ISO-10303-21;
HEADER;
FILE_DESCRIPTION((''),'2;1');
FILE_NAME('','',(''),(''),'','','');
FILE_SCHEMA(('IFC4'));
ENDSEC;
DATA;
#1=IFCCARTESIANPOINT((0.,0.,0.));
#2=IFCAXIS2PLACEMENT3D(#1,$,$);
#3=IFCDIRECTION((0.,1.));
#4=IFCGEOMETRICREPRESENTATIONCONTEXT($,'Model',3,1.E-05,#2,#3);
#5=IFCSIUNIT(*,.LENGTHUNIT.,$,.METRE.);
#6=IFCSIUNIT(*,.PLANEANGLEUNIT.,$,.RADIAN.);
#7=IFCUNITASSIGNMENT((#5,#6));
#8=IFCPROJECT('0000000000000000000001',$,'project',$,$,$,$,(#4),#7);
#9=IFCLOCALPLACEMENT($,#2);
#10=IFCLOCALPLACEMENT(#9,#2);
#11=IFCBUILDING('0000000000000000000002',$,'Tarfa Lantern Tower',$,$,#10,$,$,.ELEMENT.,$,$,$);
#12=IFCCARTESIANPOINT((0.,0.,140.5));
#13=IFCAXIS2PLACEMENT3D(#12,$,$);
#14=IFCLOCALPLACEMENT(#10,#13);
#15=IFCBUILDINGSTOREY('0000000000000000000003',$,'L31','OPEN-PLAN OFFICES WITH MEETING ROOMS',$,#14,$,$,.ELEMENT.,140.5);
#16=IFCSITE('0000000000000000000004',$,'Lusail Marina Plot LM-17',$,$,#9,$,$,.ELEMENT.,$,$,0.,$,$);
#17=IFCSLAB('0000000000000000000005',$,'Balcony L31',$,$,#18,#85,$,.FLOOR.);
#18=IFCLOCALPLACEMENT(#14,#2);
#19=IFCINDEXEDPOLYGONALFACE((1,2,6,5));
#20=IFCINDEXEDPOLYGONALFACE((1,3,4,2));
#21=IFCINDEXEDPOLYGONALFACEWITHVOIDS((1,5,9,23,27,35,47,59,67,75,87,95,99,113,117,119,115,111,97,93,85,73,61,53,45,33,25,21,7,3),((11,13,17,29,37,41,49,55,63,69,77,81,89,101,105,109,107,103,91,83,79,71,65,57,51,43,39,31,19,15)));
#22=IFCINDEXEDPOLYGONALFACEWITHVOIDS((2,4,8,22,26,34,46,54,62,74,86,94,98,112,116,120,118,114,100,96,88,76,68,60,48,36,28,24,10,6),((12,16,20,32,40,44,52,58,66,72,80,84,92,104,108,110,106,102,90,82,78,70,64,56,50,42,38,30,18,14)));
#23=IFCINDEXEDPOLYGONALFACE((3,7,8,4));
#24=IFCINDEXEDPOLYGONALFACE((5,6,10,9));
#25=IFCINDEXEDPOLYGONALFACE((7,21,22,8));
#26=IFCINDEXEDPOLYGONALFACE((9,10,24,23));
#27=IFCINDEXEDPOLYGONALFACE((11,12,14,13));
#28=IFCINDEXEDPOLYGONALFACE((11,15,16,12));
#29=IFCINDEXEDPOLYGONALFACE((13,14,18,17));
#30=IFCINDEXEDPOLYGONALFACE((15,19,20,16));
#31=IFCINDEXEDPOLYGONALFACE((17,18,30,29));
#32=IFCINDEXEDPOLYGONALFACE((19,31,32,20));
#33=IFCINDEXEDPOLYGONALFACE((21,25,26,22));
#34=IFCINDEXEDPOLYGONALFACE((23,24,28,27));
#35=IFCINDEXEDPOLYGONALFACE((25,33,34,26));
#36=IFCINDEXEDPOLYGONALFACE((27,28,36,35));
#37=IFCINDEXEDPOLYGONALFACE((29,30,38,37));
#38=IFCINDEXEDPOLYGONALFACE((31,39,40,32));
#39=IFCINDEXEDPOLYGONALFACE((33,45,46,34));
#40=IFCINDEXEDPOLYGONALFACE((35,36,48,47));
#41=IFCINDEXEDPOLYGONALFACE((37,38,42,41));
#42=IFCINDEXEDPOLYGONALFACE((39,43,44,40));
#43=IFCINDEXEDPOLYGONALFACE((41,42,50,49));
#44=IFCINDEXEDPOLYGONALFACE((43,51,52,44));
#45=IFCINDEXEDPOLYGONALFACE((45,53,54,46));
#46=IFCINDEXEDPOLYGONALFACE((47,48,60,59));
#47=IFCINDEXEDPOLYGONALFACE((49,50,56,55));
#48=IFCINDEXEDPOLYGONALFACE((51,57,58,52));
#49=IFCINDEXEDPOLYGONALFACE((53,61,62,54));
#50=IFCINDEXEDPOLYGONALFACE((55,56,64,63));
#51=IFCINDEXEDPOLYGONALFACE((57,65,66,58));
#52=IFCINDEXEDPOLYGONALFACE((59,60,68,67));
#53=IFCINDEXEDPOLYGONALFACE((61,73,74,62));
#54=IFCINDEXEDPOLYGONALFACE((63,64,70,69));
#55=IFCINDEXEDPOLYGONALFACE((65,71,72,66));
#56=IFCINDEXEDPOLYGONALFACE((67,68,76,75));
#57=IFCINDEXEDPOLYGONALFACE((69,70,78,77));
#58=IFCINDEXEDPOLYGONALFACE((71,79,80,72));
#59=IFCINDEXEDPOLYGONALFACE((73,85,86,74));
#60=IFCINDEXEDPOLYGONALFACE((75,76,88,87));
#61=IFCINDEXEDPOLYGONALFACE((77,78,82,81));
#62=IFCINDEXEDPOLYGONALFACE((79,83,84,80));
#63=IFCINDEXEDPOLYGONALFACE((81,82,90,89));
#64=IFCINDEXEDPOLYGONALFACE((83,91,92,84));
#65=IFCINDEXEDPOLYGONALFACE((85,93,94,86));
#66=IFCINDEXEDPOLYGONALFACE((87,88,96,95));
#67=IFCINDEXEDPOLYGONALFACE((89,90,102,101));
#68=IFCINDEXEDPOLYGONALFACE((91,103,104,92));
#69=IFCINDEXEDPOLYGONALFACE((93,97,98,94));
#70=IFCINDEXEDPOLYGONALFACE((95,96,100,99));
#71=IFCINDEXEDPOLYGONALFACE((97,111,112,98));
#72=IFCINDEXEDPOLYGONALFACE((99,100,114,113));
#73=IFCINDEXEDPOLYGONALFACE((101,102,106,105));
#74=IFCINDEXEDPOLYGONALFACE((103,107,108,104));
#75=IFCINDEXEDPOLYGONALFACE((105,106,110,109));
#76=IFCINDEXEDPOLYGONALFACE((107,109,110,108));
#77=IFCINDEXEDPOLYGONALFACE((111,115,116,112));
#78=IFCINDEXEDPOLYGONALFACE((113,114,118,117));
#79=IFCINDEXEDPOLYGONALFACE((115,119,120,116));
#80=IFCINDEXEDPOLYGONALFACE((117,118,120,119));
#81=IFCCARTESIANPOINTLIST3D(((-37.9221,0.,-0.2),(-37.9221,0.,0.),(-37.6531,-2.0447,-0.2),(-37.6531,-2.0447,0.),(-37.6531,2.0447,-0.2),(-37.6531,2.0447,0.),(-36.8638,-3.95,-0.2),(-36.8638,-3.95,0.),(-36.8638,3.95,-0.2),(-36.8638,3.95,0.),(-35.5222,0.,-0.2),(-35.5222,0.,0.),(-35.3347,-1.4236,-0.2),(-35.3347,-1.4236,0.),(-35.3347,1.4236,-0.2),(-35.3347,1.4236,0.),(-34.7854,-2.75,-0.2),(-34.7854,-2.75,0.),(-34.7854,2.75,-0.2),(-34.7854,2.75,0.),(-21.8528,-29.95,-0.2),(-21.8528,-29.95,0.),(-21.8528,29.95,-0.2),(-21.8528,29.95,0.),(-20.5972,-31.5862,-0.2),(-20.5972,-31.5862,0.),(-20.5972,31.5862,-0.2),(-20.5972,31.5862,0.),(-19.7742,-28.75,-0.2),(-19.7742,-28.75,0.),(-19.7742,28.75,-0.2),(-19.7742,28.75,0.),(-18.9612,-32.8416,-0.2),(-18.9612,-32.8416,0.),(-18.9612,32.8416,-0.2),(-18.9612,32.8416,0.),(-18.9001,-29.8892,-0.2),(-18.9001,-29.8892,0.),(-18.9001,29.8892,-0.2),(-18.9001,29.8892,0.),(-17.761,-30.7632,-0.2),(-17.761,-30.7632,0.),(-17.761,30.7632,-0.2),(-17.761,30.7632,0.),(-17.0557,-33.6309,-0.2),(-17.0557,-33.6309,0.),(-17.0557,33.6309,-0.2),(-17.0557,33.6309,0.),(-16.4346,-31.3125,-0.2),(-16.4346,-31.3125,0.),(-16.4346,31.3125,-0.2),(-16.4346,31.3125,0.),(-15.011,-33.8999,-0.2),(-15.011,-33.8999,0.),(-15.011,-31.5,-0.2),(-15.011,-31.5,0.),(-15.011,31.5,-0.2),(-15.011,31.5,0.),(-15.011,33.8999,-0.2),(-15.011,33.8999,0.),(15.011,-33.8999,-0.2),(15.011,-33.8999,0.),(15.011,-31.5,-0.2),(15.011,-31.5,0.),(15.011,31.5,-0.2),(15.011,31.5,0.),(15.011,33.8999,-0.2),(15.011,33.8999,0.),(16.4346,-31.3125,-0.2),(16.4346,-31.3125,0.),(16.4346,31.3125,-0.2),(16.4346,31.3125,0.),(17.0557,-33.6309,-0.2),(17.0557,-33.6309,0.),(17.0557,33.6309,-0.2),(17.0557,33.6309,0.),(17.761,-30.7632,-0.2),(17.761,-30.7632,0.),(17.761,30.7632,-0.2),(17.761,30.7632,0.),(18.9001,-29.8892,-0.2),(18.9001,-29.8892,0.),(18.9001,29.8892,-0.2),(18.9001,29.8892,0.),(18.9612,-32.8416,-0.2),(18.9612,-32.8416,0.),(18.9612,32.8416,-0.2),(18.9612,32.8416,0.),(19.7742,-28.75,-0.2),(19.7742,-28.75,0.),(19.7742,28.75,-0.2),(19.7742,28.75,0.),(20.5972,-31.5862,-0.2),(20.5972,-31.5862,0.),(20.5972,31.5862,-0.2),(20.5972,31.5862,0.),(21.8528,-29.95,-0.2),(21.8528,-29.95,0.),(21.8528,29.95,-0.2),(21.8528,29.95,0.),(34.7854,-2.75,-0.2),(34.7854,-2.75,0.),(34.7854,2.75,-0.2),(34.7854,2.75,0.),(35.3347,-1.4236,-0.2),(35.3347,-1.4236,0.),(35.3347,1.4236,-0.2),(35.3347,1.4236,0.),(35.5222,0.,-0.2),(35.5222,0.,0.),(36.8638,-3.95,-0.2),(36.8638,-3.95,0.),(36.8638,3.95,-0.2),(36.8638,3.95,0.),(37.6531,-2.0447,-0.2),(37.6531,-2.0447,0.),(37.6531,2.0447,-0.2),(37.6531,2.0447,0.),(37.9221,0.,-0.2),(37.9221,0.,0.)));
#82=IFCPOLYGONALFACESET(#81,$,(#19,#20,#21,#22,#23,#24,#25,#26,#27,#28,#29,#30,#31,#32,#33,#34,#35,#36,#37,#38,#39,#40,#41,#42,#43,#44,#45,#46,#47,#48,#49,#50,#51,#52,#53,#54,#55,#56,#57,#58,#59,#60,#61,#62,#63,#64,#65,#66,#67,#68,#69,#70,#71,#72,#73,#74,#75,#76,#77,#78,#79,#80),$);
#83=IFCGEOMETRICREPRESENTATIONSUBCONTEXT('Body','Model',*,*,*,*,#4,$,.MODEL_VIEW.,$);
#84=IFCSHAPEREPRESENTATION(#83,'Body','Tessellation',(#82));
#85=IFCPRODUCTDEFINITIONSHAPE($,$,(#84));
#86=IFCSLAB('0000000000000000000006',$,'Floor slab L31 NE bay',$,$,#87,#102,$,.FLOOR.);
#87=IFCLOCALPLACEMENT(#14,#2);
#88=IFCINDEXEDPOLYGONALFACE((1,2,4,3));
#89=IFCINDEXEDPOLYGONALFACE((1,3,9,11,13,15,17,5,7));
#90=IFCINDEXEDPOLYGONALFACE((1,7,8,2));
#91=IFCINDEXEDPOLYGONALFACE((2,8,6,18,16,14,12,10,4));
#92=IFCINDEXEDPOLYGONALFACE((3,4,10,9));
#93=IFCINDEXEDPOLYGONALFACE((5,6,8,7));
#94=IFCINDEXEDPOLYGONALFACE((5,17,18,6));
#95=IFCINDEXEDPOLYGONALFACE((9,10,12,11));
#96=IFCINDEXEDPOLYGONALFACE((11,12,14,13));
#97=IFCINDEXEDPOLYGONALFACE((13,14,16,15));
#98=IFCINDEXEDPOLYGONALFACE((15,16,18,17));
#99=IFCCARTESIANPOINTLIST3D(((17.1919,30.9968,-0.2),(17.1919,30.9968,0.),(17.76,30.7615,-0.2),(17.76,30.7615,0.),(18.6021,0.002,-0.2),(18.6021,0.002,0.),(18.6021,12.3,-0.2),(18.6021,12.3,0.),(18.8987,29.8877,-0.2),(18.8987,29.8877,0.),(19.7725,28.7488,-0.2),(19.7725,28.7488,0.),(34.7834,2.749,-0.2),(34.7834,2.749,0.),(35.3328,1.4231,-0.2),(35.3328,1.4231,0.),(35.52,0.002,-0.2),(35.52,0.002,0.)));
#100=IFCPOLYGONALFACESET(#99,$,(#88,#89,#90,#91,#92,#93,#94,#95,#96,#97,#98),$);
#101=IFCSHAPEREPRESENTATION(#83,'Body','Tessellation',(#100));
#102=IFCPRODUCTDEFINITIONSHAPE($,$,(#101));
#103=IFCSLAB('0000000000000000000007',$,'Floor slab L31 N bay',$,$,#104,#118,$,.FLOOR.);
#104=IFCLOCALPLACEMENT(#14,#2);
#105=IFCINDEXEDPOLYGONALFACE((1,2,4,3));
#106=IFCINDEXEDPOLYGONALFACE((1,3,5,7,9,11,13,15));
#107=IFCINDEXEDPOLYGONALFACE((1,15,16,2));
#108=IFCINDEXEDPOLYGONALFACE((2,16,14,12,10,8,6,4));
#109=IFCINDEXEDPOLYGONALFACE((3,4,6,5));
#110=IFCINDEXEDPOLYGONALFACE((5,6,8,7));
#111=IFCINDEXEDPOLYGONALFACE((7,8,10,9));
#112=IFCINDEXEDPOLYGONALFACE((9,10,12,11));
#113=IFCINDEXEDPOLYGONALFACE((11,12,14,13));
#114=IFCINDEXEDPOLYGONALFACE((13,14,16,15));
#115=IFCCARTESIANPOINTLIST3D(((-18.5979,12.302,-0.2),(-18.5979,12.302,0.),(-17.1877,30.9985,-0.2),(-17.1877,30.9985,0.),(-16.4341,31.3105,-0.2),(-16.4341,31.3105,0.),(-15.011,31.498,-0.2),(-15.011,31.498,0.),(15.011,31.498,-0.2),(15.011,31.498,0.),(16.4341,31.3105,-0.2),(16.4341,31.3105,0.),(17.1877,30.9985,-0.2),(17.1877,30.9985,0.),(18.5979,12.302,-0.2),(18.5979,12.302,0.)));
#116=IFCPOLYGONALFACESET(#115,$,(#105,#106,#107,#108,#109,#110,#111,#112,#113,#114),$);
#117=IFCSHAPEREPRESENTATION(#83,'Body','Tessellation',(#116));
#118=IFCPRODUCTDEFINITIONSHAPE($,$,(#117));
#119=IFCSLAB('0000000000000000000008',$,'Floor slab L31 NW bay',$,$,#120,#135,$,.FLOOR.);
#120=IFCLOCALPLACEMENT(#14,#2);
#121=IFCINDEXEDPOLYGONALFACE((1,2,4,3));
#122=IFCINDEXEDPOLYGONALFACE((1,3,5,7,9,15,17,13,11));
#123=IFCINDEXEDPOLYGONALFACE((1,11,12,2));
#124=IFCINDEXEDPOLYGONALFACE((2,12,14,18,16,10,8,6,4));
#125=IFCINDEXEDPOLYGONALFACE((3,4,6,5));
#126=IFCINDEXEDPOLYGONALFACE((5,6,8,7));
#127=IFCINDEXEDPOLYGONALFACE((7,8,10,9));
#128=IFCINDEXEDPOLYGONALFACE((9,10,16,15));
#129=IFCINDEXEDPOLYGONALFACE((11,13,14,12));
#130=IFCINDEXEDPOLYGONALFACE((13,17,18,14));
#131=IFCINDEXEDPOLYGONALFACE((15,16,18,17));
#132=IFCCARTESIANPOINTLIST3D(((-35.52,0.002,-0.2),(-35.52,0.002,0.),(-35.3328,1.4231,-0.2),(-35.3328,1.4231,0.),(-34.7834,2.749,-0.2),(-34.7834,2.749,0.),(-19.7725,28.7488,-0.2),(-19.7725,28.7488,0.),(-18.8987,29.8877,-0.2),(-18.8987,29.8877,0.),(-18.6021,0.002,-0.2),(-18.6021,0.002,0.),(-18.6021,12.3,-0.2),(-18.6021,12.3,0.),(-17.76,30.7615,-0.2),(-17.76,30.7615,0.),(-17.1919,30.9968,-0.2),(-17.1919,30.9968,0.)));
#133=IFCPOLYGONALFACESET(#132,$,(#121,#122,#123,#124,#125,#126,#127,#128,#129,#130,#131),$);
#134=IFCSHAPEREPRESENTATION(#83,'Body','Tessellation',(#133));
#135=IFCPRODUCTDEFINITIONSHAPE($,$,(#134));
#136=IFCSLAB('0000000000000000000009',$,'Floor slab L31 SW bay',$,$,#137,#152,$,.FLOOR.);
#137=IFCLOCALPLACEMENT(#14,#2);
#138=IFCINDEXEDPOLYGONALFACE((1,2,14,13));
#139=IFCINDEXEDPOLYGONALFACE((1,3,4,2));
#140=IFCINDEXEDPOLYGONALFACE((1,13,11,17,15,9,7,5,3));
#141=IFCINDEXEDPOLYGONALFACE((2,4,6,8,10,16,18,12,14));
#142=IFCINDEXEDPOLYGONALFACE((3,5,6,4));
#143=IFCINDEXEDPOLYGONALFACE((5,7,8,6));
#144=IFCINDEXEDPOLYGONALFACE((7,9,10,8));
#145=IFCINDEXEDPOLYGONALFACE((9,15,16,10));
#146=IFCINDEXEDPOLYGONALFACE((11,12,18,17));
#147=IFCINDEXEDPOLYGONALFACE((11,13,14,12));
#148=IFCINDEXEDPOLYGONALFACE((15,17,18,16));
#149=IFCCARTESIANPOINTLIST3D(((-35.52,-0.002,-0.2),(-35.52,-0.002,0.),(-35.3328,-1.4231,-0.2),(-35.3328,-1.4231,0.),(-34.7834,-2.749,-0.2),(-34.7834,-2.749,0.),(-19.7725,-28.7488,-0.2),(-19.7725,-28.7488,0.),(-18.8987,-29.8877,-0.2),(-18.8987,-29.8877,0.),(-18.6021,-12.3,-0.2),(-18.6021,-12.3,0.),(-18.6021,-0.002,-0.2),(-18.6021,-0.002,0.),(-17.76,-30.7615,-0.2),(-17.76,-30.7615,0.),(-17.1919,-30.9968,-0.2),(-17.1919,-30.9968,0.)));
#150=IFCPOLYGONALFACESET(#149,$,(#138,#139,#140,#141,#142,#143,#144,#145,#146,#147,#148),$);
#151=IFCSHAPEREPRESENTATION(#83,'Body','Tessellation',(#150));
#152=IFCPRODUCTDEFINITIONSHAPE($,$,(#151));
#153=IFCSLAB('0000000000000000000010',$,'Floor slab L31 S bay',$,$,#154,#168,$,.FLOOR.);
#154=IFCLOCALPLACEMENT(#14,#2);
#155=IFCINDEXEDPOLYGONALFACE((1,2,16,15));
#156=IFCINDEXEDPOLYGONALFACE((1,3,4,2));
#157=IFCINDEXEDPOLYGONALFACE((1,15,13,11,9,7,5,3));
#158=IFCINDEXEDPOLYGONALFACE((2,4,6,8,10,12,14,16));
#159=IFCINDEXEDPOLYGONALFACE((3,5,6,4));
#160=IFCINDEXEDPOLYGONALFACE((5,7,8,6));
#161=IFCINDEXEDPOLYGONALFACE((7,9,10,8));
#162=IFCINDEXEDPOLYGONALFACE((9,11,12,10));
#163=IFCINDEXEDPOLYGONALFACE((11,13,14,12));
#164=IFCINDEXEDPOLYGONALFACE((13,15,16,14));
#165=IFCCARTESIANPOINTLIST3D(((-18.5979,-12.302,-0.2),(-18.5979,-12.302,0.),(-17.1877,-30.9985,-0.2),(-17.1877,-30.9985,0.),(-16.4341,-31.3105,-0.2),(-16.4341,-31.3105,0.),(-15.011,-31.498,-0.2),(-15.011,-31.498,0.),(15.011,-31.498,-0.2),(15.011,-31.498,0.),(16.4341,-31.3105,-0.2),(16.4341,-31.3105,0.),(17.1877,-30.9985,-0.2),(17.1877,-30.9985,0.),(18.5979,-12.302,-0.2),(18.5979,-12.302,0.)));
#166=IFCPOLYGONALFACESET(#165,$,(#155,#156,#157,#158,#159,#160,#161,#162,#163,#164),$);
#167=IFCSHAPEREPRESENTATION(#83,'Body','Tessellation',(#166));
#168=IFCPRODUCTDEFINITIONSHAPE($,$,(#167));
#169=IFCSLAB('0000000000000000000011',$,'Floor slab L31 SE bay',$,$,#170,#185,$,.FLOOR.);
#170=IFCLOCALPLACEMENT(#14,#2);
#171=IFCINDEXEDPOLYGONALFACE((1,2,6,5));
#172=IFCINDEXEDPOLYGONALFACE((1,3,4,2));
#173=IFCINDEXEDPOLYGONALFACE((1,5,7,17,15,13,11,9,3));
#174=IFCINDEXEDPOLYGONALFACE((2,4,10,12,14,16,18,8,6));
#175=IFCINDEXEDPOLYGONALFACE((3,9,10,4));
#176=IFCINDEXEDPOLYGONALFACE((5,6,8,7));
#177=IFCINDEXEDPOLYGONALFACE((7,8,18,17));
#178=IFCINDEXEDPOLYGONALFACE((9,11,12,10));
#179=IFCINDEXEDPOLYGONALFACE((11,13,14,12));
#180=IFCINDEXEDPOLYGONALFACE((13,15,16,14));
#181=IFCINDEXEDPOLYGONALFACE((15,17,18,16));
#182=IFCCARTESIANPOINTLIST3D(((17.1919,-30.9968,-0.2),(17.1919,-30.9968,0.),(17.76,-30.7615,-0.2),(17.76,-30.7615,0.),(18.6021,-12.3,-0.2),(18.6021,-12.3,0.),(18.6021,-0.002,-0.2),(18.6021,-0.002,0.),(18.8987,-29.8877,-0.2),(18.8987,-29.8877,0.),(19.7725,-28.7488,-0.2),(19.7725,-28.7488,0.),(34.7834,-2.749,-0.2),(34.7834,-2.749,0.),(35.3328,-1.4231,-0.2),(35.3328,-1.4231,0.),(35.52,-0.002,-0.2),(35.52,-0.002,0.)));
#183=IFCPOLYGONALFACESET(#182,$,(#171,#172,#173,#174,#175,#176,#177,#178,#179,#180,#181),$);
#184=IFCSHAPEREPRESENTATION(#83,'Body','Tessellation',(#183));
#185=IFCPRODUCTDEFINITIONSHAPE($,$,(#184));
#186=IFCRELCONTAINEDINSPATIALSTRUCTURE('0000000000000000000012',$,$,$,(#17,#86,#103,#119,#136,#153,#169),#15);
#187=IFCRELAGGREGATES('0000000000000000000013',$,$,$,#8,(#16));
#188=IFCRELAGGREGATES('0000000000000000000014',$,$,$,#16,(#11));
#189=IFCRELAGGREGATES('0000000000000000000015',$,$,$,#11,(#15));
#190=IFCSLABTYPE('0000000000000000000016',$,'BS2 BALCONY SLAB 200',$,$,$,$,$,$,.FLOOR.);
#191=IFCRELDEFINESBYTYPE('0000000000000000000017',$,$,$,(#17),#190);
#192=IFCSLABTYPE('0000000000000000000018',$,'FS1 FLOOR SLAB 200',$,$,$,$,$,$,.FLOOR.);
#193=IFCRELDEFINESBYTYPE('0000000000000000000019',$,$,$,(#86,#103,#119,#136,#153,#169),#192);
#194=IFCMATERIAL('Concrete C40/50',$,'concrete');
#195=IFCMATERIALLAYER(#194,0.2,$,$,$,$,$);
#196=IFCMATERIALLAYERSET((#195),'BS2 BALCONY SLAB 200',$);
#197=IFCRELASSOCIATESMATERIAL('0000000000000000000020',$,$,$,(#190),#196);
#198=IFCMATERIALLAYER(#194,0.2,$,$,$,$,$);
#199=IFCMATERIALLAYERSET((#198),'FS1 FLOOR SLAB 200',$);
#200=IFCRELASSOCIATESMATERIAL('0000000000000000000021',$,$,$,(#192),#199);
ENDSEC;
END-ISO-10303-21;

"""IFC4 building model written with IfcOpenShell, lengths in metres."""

from ifc_helpers import new_model, si_unit, direction, frame, origin, place, context, subcontext, project, spatial, polyline, outline, extrude, material, layer, layer_set, type_object, element, save


model = new_model("IFC4")

# Units and contexts
model_context = context("Model", 3, precision=1e-05, world=origin(), true_north=direction((0.0, 1.0)))
body_context = subcontext(model_context, "Body", "Model", "MODEL_VIEW")
ifc_project = project(units=[si_unit("LENGTHUNIT", "METRE"), si_unit("PLANEANGLEUNIT", "RADIAN")], contexts=[model_context])

# Site, building, storey
site_placement = place(None, origin())
site = spatial("IfcSite", under=ifc_project, at=site_placement, Name="Lusail Marina Plot LM-17", CompositionType="ELEMENT", RefElevation=0.0)
building_placement = place(site_placement, origin())
building = spatial("IfcBuilding", under=site, at=building_placement, Name="Tarfa Lantern Tower", CompositionType="ELEMENT")
storey_placement = place(building_placement, frame((0.0, 0.0, 140.5)))
storey = spatial("IfcBuildingStorey", under=building, at=storey_placement, Name="L31", Description="OPEN-PLAN OFFICES WITH MEETING ROOMS", CompositionType="ELEMENT", Elevation=140.5)

# Slabs
ifc_material_1 = material(Name="Concrete C40/50", Category="concrete")
ifc_layer_1 = layer(ifc_material_1, 0.2)
ifc_layer_set_1 = layer_set([ifc_layer_1], Name="BS2 BALCONY SLAB 200")
slab_type_1 = type_object("IfcSlabType", Name="BS2 BALCONY SLAB 200", PredefinedType="FLOOR", material=ifc_layer_set_1)
slab_1_placement = place(storey_placement, frame((0.0, 0.0, -0.2)))
element("IfcSlab", 1, at=slab_1_placement, inside=storey, type_object=slab_type_1, Name="Balcony L31", PredefinedType="FLOOR", context=body_context, shape_type="SweptSolid", body=[
    extrude(outline(polyline([(36.8638, 3.95), (21.8528, 29.95), (20.5972, 31.5862), (18.9612, 32.8416), (17.0557, 33.6309), (15.011, 33.8999), (-15.011, 33.8999), (-17.0557, 33.6309), (-18.9612, 32.8416), (-20.5972, 31.5862), (-21.8528, 29.95), (-36.8638, 3.95), (-37.6531, 2.0447), (-37.9221, 0.0), (-37.6531, -2.0447), (-36.8638, -3.95), (-21.8528, -29.95), (-20.5972, -31.5862), (-18.9612, -32.8416), (-17.0557, -33.6309), (-15.011, -33.8999), (15.011, -33.8999), (17.0557, -33.6309), (18.9612, -32.8416), (20.5972, -31.5862), (21.8528, -29.95), (36.8638, -3.95), (37.6531, -2.0447), (37.9221, 0.0), (37.6531, 2.0447), (36.8638, 3.95)]), holes=[polyline([(34.7854, 2.75), (19.7742, 28.75), (18.9001, 29.8892), (17.761, 30.7632), (16.4346, 31.3125), (15.011, 31.5), (-15.011, 31.5), (-16.4346, 31.3125), (-17.761, 30.7632), (-18.9001, 29.8892), (-19.7742, 28.75), (-34.7854, 2.75), (-35.3347, 1.4236), (-35.5222, 0.0), (-35.3347, -1.4236), (-34.7854, -2.75), (-19.7742, -28.75), (-18.9001, -29.8892), (-17.761, -30.7632), (-16.4346, -31.3125), (-15.011, -31.5), (15.011, -31.5), (16.4346, -31.3125), (17.761, -30.7632), (18.9001, -29.8892), (19.7742, -28.75), (34.7854, -2.75), (35.3347, -1.4236), (35.5222, 0.0), (35.3347, 1.4236), (34.7854, 2.75)])]), origin(), (0.0, 0.0, 1.0), 0.2),
])
ifc_layer_2 = layer(ifc_material_1, 0.2)
ifc_layer_set_2 = layer_set([ifc_layer_2], Name="FS1 FLOOR SLAB 200")
slab_type_2 = type_object("IfcSlabType", Name="FS1 FLOOR SLAB 200", PredefinedType="FLOOR", material=ifc_layer_set_2)
slab_2_placement = place(storey_placement, frame((0.0, 0.0, -0.2)))
element("IfcSlab", 2, at=slab_2_placement, inside=storey, type_object=slab_type_2, Name="Floor slab L31 NE bay", PredefinedType="FLOOR", context=body_context, shape_type="SweptSolid", body=[
    extrude(outline(polyline([(34.7834, 2.749), (19.7725, 28.7488), (18.8987, 29.8877), (17.76, 30.7615), (17.1919, 30.9968), (18.6021, 12.3), (18.6021, 0.002), (35.52, 0.002), (35.3328, 1.4231), (34.7834, 2.749)])), origin(), (0.0, 0.0, 1.0), 0.2),
])
slab_3_placement = place(storey_placement, frame((0.0, 0.0, -0.2)))
element("IfcSlab", 3, at=slab_3_placement, inside=storey, type_object=slab_type_2, Name="Floor slab L31 N bay", PredefinedType="FLOOR", context=body_context, shape_type="SweptSolid", body=[
    extrude(outline(polyline([(-18.5979, 12.302), (18.5979, 12.302), (17.1877, 30.9985), (16.4341, 31.3105), (15.011, 31.498), (-15.011, 31.498), (-16.4341, 31.3105), (-17.1877, 30.9985), (-18.5979, 12.302)])), origin(), (0.0, 0.0, 1.0), 0.2),
])
slab_4_placement = place(storey_placement, frame((0.0, 0.0, -0.2)))
element("IfcSlab", 4, at=slab_4_placement, inside=storey, type_object=slab_type_2, Name="Floor slab L31 NW bay", PredefinedType="FLOOR", context=body_context, shape_type="SweptSolid", body=[
    extrude(outline(polyline([(-18.6021, 0.002), (-18.6021, 12.3), (-17.1919, 30.9968), (-17.76, 30.7615), (-18.8987, 29.8877), (-19.7725, 28.7488), (-34.7834, 2.749), (-35.3328, 1.4231), (-35.52, 0.002), (-18.6021, 0.002)])), origin(), (0.0, 0.0, 1.0), 0.2),
])
slab_5_placement = place(storey_placement, frame((0.0, 0.0, -0.2)))
element("IfcSlab", 5, at=slab_5_placement, inside=storey, type_object=slab_type_2, Name="Floor slab L31 SW bay", PredefinedType="FLOOR", context=body_context, shape_type="SweptSolid", body=[
    extrude(outline(polyline([(-18.6021, -12.3), (-18.6021, -0.002), (-35.52, -0.002), (-35.3328, -1.4231), (-34.7834, -2.749), (-19.7725, -28.7488), (-18.8987, -29.8877), (-17.76, -30.7615), (-17.1919, -30.9968), (-18.6021, -12.3)])), origin(), (0.0, 0.0, 1.0), 0.2),
])
slab_6_placement = place(storey_placement, frame((0.0, 0.0, -0.2)))
element("IfcSlab", 6, at=slab_6_placement, inside=storey, type_object=slab_type_2, Name="Floor slab L31 S bay", PredefinedType="FLOOR", context=body_context, shape_type="SweptSolid", body=[
    extrude(outline(polyline([(18.5979, -12.302), (-18.5979, -12.302), (-17.1877, -30.9985), (-16.4341, -31.3105), (-15.011, -31.498), (15.011, -31.498), (16.4341, -31.3105), (17.1877, -30.9985), (18.5979, -12.302)])), origin(), (0.0, 0.0, 1.0), 0.2),
])
slab_7_placement = place(storey_placement, frame((0.0, 0.0, -0.2)))
element("IfcSlab", 7, at=slab_7_placement, inside=storey, type_object=slab_type_2, Name="Floor slab L31 SE bay", PredefinedType="FLOOR", context=body_context, shape_type="SweptSolid", body=[
    extrude(outline(polyline([(18.6021, -0.002), (18.6021, -12.3), (17.1919, -30.9968), (17.76, -30.7615), (18.8987, -29.8877), (19.7725, -28.7488), (34.7834, -2.749), (35.3328, -1.4231), (35.52, -0.002), (18.6021, -0.002)])), origin(), (0.0, 0.0, 1.0), 0.2),
])

save(model, "model.ifc")
